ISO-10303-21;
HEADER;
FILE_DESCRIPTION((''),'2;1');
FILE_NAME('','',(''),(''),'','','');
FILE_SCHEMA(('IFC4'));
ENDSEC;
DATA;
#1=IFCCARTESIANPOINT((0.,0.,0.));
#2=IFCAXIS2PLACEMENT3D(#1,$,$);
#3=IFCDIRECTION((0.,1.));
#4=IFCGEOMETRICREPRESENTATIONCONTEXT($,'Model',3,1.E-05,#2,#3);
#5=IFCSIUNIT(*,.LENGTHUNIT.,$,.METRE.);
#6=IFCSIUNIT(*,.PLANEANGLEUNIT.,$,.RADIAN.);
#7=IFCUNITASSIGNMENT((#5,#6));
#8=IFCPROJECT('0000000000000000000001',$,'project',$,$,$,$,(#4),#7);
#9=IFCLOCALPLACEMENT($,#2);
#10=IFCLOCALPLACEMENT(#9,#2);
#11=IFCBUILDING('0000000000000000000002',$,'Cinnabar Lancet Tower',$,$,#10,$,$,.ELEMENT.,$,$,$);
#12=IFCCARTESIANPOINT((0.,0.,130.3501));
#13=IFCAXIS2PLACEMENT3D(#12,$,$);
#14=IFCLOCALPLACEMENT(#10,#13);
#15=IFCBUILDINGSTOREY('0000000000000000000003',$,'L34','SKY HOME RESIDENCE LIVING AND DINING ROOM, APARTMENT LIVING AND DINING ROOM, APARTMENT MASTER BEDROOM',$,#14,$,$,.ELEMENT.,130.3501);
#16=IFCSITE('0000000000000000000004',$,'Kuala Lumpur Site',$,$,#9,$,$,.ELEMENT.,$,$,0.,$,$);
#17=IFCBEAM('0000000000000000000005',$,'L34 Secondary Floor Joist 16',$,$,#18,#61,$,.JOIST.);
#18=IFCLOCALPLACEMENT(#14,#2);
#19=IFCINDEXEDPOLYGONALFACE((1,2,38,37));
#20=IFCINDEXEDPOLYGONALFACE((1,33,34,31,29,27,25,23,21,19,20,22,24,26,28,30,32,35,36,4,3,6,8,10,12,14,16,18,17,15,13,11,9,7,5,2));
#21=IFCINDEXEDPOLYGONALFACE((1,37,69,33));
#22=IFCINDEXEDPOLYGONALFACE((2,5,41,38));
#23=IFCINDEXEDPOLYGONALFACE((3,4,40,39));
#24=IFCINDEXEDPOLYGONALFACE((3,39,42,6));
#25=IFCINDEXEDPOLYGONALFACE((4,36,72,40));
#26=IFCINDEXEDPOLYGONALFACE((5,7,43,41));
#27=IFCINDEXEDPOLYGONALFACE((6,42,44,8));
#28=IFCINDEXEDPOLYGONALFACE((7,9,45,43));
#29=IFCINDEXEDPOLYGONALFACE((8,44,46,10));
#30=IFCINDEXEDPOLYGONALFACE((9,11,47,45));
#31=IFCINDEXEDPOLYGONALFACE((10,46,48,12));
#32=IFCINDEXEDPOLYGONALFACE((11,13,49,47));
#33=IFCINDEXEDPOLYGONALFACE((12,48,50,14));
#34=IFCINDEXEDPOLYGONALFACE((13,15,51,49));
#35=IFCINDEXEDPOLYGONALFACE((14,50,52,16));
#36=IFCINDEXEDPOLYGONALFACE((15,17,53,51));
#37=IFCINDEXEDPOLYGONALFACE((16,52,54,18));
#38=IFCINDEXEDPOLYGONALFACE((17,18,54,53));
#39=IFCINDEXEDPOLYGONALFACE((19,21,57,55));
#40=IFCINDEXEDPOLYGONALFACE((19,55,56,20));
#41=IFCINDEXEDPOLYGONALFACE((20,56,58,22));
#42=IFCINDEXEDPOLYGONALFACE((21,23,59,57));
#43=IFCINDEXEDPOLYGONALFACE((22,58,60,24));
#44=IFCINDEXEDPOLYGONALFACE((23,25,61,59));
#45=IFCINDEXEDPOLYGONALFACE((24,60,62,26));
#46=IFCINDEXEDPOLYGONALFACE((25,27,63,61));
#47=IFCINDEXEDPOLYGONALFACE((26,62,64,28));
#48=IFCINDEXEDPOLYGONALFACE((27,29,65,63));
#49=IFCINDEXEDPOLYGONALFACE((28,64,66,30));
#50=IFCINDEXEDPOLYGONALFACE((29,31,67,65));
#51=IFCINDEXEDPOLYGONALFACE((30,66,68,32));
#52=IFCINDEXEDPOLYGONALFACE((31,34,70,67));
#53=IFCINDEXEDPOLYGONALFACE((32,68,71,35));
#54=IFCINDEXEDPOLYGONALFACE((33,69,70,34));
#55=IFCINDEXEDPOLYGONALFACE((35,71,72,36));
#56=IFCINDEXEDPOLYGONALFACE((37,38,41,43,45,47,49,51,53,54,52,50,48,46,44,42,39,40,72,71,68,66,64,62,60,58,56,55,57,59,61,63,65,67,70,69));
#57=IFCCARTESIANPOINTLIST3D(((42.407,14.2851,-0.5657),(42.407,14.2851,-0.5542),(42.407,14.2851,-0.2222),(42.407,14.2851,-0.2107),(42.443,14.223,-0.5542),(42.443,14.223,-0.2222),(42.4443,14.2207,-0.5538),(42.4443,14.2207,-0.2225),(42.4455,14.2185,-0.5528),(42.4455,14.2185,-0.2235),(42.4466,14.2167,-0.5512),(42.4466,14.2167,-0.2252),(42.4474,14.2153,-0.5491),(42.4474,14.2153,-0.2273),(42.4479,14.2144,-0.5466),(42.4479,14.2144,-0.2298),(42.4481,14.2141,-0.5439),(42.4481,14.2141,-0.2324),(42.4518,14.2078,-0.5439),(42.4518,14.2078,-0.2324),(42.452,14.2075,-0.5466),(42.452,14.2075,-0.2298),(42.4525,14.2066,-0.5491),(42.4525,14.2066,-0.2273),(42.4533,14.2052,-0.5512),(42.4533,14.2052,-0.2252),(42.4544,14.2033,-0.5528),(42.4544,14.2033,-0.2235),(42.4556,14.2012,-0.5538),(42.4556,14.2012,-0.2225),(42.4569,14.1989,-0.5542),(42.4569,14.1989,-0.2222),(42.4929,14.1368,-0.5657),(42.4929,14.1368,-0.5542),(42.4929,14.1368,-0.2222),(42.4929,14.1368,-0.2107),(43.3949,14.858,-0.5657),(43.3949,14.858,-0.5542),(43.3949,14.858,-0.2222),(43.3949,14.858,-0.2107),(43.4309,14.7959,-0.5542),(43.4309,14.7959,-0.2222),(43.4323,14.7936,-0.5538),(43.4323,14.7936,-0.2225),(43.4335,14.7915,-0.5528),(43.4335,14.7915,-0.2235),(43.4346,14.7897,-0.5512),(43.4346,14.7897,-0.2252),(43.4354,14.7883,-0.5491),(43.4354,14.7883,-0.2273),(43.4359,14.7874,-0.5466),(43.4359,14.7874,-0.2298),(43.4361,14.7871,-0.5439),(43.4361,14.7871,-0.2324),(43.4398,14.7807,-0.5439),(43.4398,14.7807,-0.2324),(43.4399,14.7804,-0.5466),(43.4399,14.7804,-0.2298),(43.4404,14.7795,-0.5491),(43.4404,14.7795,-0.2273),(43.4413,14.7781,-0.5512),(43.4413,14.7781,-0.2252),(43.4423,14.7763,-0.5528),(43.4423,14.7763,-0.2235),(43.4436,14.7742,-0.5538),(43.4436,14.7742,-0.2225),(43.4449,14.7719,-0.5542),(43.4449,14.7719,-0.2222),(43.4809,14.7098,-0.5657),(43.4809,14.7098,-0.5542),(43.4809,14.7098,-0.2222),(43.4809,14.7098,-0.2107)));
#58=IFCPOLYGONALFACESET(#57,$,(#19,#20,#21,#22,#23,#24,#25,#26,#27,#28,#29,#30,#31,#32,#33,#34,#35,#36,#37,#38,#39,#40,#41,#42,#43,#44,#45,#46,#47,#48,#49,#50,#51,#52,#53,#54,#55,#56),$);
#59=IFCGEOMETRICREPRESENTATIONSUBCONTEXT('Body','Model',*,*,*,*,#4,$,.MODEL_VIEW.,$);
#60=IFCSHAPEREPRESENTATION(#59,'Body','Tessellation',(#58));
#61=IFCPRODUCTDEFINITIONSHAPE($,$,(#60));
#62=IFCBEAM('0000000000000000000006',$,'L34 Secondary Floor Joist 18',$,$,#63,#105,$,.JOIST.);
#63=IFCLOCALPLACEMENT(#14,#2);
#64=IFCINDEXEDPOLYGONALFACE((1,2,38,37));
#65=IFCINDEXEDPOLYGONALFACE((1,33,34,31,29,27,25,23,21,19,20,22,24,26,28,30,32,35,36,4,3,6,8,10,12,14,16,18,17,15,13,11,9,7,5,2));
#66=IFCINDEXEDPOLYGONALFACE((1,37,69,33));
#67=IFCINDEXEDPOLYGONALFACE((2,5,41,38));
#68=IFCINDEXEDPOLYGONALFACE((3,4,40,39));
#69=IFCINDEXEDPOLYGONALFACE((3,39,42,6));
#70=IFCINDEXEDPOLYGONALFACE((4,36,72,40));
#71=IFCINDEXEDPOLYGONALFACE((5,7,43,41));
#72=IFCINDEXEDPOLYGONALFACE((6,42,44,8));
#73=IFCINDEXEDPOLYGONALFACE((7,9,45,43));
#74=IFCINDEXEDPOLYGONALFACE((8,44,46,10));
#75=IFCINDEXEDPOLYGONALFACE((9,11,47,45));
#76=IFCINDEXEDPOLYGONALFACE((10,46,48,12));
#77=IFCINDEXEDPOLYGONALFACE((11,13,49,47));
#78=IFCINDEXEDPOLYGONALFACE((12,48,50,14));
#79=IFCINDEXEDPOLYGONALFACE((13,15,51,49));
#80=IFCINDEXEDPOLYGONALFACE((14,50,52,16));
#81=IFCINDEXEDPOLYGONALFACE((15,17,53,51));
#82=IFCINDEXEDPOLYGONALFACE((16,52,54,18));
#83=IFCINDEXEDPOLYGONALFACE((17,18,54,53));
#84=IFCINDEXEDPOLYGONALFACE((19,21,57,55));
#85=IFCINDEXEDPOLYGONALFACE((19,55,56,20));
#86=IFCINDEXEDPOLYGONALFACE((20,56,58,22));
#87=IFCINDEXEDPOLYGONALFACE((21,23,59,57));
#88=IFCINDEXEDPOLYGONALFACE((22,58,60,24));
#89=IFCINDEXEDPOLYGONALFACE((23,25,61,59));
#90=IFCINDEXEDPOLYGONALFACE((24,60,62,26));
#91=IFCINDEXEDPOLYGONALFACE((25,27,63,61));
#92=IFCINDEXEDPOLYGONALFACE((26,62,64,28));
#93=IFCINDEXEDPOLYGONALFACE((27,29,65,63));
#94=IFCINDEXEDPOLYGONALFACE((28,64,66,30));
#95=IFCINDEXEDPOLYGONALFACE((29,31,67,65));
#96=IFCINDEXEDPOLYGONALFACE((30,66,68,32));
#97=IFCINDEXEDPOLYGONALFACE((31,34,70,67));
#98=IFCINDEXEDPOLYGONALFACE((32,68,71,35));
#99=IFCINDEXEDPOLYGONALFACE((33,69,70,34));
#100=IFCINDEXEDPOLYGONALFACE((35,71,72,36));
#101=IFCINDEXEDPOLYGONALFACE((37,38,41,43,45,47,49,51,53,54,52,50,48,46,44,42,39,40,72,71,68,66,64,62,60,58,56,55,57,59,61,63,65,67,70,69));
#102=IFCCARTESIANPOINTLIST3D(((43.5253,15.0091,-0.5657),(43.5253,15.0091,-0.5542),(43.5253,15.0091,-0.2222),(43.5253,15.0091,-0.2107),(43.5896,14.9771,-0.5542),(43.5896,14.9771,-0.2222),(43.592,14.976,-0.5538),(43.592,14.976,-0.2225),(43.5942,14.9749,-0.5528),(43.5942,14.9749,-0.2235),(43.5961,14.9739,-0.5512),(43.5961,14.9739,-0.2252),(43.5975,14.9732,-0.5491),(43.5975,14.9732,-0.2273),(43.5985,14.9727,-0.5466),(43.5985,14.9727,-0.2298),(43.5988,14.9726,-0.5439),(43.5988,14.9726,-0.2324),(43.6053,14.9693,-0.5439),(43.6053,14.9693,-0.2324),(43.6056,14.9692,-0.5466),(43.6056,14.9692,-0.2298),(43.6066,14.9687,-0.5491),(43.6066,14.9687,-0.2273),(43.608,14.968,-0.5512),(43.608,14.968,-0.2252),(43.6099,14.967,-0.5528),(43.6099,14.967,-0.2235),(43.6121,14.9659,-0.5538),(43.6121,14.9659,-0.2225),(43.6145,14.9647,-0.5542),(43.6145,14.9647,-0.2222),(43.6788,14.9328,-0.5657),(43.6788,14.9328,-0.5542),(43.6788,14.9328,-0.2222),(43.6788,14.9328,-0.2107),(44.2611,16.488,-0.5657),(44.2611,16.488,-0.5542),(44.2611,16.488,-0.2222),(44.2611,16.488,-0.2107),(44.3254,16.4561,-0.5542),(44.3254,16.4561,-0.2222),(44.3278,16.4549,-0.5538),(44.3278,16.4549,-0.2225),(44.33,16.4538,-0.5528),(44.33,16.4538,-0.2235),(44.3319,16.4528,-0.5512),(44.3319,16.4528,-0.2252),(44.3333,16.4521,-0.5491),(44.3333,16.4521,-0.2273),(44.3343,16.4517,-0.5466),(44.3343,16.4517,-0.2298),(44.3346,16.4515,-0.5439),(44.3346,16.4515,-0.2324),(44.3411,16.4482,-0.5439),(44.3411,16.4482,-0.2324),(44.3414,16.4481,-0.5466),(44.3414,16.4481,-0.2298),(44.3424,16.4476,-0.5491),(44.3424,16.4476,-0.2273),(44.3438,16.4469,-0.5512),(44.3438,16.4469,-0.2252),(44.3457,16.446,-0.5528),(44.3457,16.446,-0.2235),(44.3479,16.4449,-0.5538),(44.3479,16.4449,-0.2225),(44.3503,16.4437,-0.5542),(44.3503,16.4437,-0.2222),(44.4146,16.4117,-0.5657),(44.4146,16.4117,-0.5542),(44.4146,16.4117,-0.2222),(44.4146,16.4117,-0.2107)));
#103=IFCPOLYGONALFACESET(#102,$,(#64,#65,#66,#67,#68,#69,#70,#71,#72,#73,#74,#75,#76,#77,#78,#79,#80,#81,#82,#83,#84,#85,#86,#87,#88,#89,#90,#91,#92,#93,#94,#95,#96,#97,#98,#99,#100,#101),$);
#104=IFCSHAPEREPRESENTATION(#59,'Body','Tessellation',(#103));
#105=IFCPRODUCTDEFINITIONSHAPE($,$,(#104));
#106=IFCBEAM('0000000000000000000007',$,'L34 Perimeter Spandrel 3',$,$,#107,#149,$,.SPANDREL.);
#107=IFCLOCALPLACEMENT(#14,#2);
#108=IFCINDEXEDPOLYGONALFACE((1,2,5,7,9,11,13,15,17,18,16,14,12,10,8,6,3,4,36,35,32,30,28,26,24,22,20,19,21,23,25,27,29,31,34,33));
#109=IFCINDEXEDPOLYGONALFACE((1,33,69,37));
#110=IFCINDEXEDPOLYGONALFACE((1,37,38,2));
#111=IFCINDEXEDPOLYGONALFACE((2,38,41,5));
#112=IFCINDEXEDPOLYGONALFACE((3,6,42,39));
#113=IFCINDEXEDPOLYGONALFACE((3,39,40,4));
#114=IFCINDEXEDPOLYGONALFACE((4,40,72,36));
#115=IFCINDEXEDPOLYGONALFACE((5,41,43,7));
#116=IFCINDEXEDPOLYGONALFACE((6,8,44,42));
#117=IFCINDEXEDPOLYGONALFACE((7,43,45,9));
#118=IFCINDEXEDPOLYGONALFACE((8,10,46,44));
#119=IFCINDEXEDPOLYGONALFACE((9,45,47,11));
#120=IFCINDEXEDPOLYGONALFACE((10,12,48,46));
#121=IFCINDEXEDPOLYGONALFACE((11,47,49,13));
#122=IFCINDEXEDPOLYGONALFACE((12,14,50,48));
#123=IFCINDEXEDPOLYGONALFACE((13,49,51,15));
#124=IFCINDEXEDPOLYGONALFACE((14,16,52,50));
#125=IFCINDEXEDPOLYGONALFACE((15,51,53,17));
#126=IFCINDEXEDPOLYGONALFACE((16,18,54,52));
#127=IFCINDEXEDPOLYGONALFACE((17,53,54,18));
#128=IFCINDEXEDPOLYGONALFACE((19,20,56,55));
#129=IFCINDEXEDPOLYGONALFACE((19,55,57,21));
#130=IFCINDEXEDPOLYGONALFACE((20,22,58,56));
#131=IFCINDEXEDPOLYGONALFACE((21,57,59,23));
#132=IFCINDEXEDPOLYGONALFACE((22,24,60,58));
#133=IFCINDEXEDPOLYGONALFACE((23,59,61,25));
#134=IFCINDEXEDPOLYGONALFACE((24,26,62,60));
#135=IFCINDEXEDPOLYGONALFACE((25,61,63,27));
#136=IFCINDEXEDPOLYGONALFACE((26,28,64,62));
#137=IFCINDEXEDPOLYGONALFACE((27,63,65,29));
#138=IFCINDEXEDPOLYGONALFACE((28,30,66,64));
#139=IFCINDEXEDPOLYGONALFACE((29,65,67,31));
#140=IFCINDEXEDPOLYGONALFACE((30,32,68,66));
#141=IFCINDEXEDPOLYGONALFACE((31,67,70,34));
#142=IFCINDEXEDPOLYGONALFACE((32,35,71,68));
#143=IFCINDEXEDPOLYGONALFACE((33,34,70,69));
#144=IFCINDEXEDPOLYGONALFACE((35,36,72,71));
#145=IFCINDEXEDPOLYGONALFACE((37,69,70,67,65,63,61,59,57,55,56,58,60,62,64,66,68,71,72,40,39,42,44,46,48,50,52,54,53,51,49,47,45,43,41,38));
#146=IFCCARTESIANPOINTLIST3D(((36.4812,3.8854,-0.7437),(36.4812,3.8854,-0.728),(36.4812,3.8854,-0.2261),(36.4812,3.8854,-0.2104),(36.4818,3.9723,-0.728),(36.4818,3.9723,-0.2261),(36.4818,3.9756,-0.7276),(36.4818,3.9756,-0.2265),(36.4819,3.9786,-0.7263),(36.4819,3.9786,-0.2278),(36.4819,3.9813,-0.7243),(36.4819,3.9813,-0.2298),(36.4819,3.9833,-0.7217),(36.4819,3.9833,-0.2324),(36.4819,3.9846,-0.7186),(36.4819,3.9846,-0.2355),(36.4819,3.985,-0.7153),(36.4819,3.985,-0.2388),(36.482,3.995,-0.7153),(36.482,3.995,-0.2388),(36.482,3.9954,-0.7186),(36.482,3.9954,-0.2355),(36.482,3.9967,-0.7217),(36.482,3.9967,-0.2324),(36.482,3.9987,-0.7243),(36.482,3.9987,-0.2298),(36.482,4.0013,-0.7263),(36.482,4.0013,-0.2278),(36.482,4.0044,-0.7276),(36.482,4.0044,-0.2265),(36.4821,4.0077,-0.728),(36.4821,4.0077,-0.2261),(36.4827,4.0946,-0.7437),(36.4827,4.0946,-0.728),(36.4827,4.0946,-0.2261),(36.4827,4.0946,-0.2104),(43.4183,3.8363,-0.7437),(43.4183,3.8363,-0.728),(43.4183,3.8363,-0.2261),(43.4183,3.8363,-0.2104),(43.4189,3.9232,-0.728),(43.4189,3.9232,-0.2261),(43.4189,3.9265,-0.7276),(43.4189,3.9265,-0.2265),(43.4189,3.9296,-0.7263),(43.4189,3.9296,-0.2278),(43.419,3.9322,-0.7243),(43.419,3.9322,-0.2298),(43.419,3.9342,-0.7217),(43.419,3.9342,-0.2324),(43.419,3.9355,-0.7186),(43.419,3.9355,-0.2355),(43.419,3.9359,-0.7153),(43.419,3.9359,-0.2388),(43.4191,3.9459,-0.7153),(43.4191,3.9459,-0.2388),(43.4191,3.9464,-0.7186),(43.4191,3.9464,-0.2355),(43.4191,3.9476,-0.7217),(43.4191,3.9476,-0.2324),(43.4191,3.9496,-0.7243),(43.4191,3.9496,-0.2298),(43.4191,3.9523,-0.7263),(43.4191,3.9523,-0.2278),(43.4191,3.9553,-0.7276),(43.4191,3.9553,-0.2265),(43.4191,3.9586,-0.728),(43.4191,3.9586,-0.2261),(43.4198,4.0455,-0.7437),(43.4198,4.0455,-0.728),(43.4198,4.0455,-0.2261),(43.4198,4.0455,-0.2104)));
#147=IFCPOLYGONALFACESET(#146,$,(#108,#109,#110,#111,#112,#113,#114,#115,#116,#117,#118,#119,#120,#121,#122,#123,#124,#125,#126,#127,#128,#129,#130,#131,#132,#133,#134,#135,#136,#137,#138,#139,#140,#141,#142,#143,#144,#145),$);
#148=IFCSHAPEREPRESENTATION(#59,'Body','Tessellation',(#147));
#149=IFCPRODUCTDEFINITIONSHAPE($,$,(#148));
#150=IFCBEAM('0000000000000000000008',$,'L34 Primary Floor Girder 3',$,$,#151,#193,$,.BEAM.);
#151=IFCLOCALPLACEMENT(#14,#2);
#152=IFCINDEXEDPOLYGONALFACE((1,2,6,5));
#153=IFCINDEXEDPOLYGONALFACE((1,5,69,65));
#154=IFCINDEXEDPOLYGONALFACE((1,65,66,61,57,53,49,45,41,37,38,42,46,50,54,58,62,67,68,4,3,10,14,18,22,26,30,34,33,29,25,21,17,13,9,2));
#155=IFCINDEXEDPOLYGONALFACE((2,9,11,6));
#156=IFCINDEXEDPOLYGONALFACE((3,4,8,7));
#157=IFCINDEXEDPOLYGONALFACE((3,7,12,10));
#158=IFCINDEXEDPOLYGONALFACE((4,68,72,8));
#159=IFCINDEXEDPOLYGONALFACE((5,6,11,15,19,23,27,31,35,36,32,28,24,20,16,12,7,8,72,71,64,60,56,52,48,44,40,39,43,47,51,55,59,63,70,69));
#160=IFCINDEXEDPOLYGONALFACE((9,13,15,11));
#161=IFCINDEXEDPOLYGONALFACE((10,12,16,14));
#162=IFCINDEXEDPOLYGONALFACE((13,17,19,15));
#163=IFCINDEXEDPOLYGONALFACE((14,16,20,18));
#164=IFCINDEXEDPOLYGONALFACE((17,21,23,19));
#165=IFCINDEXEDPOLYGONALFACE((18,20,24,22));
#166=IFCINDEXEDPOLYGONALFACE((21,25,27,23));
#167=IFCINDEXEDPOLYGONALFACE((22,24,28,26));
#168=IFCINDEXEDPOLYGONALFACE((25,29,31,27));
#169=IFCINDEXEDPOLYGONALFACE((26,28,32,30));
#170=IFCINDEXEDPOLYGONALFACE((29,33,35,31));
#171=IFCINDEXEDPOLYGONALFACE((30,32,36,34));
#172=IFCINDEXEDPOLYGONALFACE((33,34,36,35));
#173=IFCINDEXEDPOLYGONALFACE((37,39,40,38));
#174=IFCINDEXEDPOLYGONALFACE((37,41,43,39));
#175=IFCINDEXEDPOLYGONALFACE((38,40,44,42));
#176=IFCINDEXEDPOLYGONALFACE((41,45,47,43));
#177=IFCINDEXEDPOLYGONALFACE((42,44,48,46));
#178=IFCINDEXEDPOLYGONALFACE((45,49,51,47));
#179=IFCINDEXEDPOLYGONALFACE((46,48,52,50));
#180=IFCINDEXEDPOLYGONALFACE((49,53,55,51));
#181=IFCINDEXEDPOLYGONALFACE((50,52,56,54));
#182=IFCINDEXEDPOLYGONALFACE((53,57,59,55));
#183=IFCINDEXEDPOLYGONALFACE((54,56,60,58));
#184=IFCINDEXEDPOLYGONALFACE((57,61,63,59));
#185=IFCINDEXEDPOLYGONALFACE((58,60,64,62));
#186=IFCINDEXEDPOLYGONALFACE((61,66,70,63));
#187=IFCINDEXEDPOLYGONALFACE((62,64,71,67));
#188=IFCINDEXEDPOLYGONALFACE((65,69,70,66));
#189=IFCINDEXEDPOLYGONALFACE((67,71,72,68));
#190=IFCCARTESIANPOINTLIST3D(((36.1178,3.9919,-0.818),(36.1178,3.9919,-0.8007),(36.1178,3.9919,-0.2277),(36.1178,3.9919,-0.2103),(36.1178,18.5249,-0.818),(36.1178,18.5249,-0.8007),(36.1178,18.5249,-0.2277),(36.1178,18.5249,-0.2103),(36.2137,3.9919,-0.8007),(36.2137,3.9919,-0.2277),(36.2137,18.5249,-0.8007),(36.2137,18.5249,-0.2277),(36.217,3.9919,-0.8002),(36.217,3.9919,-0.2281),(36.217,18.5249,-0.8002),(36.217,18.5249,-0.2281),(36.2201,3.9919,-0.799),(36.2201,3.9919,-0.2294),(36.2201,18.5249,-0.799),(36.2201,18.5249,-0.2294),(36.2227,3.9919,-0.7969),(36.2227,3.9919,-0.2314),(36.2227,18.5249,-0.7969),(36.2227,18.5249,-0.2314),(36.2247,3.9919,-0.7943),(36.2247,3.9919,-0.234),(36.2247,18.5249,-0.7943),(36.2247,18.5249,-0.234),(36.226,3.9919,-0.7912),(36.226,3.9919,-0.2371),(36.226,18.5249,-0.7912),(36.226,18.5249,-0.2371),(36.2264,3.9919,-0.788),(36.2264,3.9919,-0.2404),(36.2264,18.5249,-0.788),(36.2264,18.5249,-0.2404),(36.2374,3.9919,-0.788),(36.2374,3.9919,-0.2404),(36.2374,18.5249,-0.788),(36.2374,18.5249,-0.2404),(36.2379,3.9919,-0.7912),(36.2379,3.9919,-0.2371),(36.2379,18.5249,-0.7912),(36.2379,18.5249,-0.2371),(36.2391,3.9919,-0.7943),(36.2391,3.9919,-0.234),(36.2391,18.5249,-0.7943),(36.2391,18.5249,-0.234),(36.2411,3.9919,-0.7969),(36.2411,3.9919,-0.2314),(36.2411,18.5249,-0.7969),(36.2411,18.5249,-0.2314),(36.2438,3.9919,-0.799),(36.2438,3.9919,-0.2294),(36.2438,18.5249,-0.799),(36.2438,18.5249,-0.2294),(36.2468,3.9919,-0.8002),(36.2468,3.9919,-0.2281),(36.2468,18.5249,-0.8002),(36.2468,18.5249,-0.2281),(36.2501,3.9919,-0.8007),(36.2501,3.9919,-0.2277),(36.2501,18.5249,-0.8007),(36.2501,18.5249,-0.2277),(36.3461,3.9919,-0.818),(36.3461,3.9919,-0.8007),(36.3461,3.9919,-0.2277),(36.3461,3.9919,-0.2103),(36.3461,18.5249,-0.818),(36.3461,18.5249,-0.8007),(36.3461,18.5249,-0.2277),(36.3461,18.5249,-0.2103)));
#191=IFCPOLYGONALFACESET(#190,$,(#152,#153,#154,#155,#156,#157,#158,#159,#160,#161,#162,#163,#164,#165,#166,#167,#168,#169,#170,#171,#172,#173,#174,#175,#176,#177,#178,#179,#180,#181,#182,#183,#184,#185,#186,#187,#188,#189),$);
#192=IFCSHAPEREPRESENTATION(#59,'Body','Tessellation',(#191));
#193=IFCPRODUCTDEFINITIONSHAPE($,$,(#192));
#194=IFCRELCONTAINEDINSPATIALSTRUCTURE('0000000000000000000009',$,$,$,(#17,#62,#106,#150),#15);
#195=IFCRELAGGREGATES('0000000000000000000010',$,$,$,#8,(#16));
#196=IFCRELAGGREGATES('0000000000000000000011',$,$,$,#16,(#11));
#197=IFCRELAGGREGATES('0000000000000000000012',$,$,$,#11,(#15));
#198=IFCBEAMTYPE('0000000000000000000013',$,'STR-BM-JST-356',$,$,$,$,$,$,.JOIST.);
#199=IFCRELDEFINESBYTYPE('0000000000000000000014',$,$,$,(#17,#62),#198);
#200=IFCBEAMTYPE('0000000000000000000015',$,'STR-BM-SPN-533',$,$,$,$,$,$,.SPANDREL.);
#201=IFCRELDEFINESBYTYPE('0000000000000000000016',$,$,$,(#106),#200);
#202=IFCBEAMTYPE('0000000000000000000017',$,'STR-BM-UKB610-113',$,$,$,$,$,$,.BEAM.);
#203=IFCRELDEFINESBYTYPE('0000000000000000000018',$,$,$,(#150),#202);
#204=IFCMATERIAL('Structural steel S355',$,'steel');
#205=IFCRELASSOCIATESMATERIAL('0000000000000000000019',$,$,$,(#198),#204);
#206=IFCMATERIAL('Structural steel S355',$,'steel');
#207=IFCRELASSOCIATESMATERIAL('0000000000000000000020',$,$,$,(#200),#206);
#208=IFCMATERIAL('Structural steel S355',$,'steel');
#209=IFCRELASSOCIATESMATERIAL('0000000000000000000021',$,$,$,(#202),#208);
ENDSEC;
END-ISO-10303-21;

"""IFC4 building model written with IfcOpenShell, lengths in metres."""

from ifc_helpers import new_model, si_unit, direction, frame, origin, origin_2d, place, context, subcontext, project, spatial, i_section, extrude, material, material_profile, profile_set, type_object, element, save


model = new_model("IFC4")

# Units and contexts
model_context = context("Model", 3, precision=1e-05, world=origin(), true_north=direction((0.0, 1.0)))
body_context = subcontext(model_context, "Body", "Model", "MODEL_VIEW")
ifc_project = project(units=[si_unit("LENGTHUNIT", "METRE"), si_unit("PLANEANGLEUNIT", "RADIAN")], contexts=[model_context])

# Site, building, storey
site_placement = place(None, origin())
site = spatial("IfcSite", under=ifc_project, at=site_placement, Name="Kuala Lumpur Site", CompositionType="ELEMENT", RefElevation=0.0)
building_placement = place(site_placement, origin())
building = spatial("IfcBuilding", under=site, at=building_placement, Name="Cinnabar Lancet Tower", CompositionType="ELEMENT")
storey_placement = place(building_placement, frame((0.0, 0.0, 130.3501)))
storey = spatial("IfcBuildingStorey", under=building, at=storey_placement, Name="L34", Description="SKY HOME RESIDENCE LIVING AND DINING ROOM, APARTMENT LIVING AND DINING ROOM, APARTMENT MASTER BEDROOM", CompositionType="ELEMENT", Elevation=130.3501)

# Beams
ifc_material_1 = material(Name="Structural steel S355", Category="steel")
ifc_material_profile_1 = material_profile(ifc_material_1, i_section(OverallWidth=0.1714, OverallDepth=0.355, WebThickness=0.0073, FlangeThickness=0.0115, FilletRadius=0.0103, at=origin_2d()), Name="UKB 356x171x51")
ifc_profile_set_1 = profile_set([ifc_material_profile_1], Name="Structural steel S355")
beam_type_1 = type_object("IfcBeamType", Name="STR-BM-JST-356", PredefinedType="JOIST", material=ifc_profile_set_1)
beam_1_placement = place(storey_placement, frame((42.45, 14.2109, -0.3882), z_axis=(0.865055, 0.501677, 0.0), x_axis=(-0.501677, 0.865055, 0.0)))
element("IfcBeam", 1, at=beam_1_placement, inside=storey, type_object=beam_type_1, Name="L34 Secondary Floor Joist 16", PredefinedType="JOIST", context=body_context, shape_type="SweptSolid", body=[
    extrude(i_section(OverallWidth=0.1714, OverallDepth=0.355, WebThickness=0.0073, FlangeThickness=0.0115, FilletRadius=0.0103, at=origin_2d()), origin(), (0.0, 0.0, 1.0), 1.1421),
])
beam_2_placement = place(storey_placement, frame((43.6021, 14.9709, -0.3882), z_axis=(0.445439, 0.895312, 0.0), x_axis=(-0.895312, 0.445439, 0.0)))
element("IfcBeam", 2, at=beam_2_placement, inside=storey, type_object=beam_type_1, Name="L34 Secondary Floor Joist 18", PredefinedType="JOIST", context=body_context, shape_type="SweptSolid", body=[
    extrude(i_section(OverallWidth=0.1714, OverallDepth=0.355, WebThickness=0.0073, FlangeThickness=0.0115, FilletRadius=0.0103, at=origin_2d()), origin(), (0.0, 0.0, 1.0), 1.6519),
])
ifc_material_2 = material(Name="Structural steel S355", Category="steel")
ifc_material_profile_2 = material_profile(ifc_material_2, i_section(OverallWidth=0.2092, OverallDepth=0.5332, WebThickness=0.01, FlangeThickness=0.0156, FilletRadius=0.0127, at=origin_2d()), Name="UKB 533x210x92")
ifc_profile_set_2 = profile_set([ifc_material_profile_2], Name="Structural steel S355")
beam_type_2 = type_object("IfcBeamType", Name="STR-BM-SPN-533", PredefinedType="SPANDREL", material=ifc_profile_set_2)
beam_3_placement = place(storey_placement, frame((36.4819, 3.99, -0.4771), z_axis=(0.999975, -0.007074, 0.0), x_axis=(0.007074, 0.999975, 0.0)))
element("IfcBeam", 3, at=beam_3_placement, inside=storey, type_object=beam_type_2, Name="L34 Perimeter Spandrel 3", PredefinedType="SPANDREL", context=body_context, shape_type="SweptSolid", body=[
    extrude(i_section(OverallWidth=0.2092, OverallDepth=0.5332, WebThickness=0.01, FlangeThickness=0.0156, FilletRadius=0.0127, at=origin_2d()), origin(), (0.0, 0.0, 1.0), 6.9373),
])
ifc_material_3 = material(Name="Structural steel S355", Category="steel")
ifc_material_profile_3 = material_profile(ifc_material_3, i_section(OverallWidth=0.2283, OverallDepth=0.6077, WebThickness=0.011, FlangeThickness=0.0173, FilletRadius=0.0127, at=origin_2d()), Name="UKB 610x229x113")
ifc_profile_set_3 = profile_set([ifc_material_profile_3], Name="Structural steel S355")
beam_type_3 = type_object("IfcBeamType", Name="STR-BM-UKB610-113", PredefinedType="BEAM", material=ifc_profile_set_3)
beam_4_placement = place(storey_placement, frame((36.2319, 3.9919, -0.5142), z_axis=(0.0, 1.0, 0.0), x_axis=(-1.0, 0.0, 0.0)))
element("IfcBeam", 4, at=beam_4_placement, inside=storey, type_object=beam_type_3, Name="L34 Primary Floor Girder 3", PredefinedType="BEAM", context=body_context, shape_type="SweptSolid", body=[
    extrude(i_section(OverallWidth=0.2283, OverallDepth=0.6077, WebThickness=0.011, FlangeThickness=0.0173, FilletRadius=0.0127, at=origin_2d()), origin(), (0.0, 0.0, 1.0), 14.533),
])

save(model, "model.ifc")
